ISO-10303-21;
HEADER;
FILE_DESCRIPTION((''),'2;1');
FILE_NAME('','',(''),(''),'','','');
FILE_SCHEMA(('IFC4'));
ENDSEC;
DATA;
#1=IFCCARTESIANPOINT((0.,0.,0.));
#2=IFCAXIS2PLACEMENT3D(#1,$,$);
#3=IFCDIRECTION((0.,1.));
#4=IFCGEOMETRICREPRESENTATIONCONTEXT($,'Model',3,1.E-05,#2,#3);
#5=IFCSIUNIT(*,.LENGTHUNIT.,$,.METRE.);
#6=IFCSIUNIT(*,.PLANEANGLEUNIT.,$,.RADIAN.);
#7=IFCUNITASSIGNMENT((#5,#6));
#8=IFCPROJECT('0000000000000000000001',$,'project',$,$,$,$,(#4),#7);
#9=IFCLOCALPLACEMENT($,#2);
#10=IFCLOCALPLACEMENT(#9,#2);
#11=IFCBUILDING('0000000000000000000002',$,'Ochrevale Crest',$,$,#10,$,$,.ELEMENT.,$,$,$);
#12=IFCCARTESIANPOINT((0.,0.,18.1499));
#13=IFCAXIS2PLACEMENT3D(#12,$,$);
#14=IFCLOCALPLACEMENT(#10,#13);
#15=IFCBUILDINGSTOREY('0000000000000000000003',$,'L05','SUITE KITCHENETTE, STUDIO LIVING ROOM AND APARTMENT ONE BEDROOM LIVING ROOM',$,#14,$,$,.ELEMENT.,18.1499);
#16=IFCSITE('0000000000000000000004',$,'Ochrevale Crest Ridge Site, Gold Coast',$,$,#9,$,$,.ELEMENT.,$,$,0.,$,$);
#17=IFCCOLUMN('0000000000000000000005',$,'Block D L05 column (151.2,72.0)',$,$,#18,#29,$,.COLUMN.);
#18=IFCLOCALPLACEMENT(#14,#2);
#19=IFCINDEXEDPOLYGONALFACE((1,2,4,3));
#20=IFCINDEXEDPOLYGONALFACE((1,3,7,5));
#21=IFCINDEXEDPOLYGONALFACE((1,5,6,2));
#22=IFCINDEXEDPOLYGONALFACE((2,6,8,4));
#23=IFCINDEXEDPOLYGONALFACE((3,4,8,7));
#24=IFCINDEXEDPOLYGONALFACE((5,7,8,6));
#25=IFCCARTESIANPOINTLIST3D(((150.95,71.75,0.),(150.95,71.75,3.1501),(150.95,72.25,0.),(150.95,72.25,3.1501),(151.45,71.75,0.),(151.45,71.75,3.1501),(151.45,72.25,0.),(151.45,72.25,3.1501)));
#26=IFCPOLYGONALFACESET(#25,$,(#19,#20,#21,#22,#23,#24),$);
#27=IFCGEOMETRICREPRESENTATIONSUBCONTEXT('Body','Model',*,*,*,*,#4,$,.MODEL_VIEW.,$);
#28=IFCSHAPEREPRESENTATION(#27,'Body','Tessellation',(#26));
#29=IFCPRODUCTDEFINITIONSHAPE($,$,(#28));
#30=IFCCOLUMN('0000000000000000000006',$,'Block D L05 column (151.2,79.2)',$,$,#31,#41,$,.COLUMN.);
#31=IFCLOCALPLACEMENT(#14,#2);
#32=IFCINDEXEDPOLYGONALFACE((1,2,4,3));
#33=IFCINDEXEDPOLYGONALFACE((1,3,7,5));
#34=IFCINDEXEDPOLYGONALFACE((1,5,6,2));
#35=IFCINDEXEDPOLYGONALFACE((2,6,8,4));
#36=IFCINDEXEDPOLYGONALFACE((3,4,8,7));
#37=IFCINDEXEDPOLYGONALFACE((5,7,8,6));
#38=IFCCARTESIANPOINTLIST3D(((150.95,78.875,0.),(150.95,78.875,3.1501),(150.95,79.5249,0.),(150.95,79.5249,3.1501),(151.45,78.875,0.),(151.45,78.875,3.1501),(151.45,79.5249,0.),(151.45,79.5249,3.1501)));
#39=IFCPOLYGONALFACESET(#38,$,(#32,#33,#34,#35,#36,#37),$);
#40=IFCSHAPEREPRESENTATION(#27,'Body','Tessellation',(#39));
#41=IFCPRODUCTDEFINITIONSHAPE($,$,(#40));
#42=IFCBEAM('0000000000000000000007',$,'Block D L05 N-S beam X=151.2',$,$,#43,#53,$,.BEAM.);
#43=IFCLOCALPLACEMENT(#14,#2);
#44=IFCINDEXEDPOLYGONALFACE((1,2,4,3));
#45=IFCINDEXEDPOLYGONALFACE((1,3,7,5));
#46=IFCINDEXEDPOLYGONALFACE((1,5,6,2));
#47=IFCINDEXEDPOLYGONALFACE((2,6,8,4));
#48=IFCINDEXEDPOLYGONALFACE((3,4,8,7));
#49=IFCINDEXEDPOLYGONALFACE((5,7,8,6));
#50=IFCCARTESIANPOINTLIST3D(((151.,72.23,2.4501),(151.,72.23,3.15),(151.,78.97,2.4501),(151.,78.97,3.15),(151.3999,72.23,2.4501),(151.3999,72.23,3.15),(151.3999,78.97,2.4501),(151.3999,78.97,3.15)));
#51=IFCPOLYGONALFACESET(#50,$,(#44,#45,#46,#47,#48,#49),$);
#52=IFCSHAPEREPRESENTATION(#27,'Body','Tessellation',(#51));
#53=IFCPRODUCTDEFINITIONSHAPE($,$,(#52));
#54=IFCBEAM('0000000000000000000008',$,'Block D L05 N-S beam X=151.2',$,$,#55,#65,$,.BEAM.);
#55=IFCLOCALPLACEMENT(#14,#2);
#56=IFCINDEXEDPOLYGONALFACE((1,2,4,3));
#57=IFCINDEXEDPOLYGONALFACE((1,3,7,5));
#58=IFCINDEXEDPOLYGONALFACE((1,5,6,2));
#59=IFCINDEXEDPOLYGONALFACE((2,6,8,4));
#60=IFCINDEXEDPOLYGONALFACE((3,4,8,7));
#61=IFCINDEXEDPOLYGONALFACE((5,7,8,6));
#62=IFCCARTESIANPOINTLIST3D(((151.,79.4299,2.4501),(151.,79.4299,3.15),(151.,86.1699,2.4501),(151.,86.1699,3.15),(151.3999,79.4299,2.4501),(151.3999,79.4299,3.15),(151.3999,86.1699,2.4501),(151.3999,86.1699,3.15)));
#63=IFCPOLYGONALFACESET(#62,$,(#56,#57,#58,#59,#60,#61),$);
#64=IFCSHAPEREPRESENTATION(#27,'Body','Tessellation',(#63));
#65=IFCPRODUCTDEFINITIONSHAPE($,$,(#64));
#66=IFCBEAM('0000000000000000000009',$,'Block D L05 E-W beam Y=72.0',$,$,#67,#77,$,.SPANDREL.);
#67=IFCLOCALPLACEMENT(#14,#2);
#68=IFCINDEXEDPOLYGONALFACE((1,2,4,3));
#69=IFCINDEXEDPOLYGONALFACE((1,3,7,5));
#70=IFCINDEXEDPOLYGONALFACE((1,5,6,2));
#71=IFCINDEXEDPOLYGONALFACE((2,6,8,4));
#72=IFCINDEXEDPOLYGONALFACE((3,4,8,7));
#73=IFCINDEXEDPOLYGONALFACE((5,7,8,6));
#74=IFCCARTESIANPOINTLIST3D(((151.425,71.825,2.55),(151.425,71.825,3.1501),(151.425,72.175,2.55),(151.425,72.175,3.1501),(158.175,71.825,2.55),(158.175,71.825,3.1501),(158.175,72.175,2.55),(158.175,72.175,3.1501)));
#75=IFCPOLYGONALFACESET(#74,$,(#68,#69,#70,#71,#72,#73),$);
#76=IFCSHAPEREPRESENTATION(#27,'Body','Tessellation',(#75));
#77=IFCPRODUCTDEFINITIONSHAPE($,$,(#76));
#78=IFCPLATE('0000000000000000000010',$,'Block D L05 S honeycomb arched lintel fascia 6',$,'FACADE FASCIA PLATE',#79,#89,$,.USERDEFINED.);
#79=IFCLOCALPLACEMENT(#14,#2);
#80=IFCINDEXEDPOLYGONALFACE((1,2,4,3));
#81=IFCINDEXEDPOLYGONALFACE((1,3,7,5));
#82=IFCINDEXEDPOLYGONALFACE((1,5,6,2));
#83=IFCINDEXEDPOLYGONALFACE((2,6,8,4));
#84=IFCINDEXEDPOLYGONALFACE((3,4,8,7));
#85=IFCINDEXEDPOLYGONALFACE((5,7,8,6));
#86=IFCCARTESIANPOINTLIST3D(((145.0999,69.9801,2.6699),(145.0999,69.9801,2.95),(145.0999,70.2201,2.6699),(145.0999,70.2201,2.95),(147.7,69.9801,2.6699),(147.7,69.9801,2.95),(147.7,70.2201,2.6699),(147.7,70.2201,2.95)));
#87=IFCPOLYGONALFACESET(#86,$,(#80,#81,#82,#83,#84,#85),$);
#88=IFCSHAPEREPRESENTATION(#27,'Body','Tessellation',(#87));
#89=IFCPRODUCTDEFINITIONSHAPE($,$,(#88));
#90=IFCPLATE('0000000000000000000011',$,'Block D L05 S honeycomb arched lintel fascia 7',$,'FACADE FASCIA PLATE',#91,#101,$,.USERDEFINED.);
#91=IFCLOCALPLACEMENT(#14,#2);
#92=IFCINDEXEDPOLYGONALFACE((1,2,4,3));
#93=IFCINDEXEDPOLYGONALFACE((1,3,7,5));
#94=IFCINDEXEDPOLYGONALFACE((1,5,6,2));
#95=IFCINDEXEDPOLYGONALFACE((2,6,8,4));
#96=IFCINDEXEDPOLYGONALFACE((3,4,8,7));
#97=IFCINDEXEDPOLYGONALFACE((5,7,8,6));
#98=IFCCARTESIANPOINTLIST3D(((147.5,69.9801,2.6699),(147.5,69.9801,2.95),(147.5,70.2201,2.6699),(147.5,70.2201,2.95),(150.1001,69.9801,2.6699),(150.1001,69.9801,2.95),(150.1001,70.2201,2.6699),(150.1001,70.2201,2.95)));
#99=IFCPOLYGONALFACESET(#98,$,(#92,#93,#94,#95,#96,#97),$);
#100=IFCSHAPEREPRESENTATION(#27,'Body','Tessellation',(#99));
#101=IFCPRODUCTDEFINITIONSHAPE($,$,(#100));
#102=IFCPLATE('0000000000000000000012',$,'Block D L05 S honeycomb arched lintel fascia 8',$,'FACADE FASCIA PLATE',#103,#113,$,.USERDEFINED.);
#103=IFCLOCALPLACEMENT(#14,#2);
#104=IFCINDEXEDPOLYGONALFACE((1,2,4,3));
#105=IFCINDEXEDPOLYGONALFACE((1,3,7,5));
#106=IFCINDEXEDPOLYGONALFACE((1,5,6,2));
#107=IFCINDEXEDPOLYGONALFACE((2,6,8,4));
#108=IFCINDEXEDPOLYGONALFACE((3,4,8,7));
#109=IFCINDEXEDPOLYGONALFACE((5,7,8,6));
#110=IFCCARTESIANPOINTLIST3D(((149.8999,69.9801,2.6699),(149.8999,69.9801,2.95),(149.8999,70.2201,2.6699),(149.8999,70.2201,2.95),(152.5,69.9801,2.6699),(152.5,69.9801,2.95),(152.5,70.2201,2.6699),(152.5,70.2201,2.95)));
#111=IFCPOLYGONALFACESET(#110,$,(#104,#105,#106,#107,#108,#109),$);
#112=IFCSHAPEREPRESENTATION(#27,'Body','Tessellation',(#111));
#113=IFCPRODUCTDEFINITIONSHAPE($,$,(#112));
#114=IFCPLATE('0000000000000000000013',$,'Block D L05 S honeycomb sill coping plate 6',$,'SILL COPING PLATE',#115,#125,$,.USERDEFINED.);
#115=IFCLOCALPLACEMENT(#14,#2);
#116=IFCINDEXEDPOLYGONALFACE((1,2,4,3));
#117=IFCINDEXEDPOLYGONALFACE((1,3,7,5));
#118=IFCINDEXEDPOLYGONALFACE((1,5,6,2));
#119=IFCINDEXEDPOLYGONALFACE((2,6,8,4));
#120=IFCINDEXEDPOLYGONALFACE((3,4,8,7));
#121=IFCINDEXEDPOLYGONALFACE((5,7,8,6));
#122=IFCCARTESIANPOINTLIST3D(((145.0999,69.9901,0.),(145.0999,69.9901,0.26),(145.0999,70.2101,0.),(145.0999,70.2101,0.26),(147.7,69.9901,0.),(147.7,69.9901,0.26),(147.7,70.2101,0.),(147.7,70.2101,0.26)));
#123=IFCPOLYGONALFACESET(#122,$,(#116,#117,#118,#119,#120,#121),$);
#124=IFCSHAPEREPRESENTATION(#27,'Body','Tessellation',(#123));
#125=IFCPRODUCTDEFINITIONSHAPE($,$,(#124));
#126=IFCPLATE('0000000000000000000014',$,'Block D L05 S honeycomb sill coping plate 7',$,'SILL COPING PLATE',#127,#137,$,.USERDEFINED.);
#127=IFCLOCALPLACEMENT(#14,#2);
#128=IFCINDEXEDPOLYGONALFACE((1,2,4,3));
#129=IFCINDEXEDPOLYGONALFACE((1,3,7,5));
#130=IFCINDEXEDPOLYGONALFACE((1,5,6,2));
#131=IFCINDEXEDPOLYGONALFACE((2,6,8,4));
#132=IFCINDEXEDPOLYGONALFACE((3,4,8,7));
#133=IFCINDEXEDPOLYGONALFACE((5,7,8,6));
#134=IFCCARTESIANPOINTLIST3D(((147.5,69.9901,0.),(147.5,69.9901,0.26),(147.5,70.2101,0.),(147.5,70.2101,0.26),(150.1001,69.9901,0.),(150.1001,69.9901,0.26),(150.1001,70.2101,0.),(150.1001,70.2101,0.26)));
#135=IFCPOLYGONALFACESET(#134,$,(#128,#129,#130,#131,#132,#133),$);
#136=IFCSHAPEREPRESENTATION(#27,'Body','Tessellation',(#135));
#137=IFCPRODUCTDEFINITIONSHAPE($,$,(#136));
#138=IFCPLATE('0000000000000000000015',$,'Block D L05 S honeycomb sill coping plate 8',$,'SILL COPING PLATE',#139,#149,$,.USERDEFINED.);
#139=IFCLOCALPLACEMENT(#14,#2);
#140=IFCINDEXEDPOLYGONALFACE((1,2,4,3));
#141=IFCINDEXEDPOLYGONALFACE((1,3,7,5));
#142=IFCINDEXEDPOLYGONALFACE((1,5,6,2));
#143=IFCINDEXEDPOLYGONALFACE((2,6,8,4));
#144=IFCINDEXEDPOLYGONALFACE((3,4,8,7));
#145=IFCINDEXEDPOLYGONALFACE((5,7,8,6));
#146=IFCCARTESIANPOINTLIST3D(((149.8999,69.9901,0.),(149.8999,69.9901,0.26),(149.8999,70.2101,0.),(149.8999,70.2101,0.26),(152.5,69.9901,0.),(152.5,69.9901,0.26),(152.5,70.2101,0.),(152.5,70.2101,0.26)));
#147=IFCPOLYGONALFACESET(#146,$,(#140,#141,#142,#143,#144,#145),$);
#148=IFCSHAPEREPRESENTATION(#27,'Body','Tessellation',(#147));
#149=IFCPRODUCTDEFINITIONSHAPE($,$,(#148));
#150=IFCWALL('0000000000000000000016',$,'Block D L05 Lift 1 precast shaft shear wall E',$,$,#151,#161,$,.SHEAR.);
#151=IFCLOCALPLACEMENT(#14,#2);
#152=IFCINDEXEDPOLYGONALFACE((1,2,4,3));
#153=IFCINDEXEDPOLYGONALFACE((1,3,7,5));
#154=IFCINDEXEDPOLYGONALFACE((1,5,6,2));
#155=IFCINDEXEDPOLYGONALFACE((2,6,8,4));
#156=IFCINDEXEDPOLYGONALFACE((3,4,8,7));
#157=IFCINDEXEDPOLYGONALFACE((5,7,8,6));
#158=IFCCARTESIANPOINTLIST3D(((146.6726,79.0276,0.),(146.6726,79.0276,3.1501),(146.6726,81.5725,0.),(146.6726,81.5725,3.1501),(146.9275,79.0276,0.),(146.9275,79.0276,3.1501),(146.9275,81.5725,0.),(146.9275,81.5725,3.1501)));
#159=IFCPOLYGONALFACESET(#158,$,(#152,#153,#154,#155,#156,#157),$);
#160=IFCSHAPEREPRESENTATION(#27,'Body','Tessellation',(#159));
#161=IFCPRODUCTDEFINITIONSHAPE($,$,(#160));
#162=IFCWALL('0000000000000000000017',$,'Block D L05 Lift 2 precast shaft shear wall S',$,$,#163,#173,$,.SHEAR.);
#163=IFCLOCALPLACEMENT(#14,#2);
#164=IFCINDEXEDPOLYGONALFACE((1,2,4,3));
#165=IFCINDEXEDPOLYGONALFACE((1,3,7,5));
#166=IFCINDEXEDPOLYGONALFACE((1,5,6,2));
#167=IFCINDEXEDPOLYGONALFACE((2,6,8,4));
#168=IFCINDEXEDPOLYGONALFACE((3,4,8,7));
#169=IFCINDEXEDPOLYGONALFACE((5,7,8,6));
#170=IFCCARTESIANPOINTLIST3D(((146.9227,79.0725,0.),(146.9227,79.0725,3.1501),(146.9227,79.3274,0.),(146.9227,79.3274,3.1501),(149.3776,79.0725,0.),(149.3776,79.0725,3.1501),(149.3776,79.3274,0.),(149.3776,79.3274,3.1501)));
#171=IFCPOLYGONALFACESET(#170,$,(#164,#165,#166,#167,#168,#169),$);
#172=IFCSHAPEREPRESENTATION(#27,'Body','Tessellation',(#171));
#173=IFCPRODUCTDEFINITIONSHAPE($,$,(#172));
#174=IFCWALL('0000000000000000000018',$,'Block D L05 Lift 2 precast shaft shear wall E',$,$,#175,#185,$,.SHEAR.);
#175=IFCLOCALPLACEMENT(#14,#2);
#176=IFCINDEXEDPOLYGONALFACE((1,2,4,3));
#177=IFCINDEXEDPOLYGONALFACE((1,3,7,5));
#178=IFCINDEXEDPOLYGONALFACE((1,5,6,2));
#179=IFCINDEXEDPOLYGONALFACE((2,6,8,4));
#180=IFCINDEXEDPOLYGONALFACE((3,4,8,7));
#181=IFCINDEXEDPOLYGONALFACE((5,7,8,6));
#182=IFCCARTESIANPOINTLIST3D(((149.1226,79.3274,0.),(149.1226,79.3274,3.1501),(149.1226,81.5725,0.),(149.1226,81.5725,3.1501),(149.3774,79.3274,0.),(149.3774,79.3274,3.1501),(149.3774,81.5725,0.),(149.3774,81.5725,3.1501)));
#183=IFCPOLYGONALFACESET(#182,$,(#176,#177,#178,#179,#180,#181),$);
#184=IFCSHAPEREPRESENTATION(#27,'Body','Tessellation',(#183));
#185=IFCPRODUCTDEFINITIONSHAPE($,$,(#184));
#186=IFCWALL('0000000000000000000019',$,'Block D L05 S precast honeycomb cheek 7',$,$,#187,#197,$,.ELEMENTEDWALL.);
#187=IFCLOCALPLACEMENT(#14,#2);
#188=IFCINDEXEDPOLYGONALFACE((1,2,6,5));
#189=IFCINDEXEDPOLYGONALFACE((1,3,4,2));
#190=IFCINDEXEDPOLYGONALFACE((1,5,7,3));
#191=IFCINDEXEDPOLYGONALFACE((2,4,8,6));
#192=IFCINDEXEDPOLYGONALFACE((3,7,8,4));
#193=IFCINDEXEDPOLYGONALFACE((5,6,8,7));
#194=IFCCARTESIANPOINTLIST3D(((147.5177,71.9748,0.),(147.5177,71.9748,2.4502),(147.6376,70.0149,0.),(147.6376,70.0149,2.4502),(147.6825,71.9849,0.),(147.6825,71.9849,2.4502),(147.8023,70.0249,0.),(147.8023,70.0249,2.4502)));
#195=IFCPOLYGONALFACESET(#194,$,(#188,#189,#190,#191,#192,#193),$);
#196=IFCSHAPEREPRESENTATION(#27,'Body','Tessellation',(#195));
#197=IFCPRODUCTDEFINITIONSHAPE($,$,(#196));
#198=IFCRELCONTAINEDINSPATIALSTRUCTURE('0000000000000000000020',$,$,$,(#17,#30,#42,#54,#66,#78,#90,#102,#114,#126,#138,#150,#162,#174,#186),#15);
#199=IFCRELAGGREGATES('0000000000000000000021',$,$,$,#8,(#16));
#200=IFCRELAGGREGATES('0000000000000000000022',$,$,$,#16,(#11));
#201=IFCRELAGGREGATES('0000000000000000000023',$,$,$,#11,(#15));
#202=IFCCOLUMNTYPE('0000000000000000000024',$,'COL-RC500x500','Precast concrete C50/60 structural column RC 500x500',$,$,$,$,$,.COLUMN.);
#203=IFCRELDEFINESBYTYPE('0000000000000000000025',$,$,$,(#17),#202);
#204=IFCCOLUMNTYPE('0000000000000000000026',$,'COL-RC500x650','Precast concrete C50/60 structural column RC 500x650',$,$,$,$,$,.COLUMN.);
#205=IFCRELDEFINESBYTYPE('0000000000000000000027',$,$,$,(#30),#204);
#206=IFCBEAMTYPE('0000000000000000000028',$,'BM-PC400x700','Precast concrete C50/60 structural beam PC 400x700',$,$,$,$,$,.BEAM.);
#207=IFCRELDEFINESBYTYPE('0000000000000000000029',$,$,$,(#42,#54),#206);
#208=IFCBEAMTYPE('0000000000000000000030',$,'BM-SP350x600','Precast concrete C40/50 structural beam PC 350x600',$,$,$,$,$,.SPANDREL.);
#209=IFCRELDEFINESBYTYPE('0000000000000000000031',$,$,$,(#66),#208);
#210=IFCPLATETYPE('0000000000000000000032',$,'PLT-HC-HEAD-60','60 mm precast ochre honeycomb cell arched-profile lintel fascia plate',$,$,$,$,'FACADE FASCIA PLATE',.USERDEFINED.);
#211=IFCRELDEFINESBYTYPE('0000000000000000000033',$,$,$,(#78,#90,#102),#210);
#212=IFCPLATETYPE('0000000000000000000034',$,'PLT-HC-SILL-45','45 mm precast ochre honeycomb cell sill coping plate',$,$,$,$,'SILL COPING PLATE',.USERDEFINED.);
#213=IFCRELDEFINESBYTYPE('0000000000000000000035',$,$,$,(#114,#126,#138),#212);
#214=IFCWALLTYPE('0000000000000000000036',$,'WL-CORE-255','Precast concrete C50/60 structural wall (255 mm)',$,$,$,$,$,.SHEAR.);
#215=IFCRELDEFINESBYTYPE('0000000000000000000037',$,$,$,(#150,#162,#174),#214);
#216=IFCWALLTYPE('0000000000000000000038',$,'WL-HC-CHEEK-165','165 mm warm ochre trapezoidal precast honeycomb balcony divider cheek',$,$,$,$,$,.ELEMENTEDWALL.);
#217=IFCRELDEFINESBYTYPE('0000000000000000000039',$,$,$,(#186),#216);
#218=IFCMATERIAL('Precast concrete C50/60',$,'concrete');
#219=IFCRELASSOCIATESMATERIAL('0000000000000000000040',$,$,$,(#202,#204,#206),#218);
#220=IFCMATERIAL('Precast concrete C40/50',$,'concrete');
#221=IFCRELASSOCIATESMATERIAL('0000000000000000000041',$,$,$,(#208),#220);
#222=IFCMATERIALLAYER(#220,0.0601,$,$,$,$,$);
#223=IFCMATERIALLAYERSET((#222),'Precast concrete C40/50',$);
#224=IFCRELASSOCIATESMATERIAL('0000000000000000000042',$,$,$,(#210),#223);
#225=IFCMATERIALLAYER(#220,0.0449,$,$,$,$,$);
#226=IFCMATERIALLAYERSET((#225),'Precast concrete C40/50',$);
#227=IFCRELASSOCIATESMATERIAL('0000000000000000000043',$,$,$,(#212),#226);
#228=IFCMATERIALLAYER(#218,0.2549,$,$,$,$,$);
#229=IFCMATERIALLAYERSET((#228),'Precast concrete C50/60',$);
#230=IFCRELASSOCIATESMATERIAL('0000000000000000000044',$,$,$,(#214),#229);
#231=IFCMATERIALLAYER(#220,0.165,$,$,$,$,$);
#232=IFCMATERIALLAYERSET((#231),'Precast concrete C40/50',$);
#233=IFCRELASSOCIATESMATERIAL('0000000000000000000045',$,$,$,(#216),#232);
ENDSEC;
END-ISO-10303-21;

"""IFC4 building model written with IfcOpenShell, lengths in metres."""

from ifc_helpers import new_model, si_unit, direction, frame, frame_2d, origin, origin_2d, place, context, subcontext, project, spatial, rectangle, extrude, material, layer, layer_set, material_profile, profile_set, type_object, element, save


model = new_model("IFC4")

# Units and contexts
model_context = context("Model", 3, precision=1e-05, world=origin(), true_north=direction((0.0, 1.0)))
body_context = subcontext(model_context, "Body", "Model", "MODEL_VIEW")
ifc_project = project(units=[si_unit("LENGTHUNIT", "METRE"), si_unit("PLANEANGLEUNIT", "RADIAN")], contexts=[model_context])

# Site, building, storey
site_placement = place(None, origin())
site = spatial("IfcSite", under=ifc_project, at=site_placement, Name="Ochrevale Crest Ridge Site, Gold Coast", CompositionType="ELEMENT", RefElevation=0.0)
building_placement = place(site_placement, origin())
building = spatial("IfcBuilding", under=site, at=building_placement, Name="Ochrevale Crest", CompositionType="ELEMENT")
storey_placement = place(building_placement, frame((0.0, 0.0, 18.1499)))
storey = spatial("IfcBuildingStorey", under=building, at=storey_placement, Name="L05", Description="SUITE KITCHENETTE, STUDIO LIVING ROOM AND APARTMENT ONE BEDROOM LIVING ROOM", CompositionType="ELEMENT", Elevation=18.1499)

# Columns
ifc_material_1 = material(Name="Precast concrete C50/60", Category="concrete")
ifc_material_profile_1 = material_profile(ifc_material_1, rectangle(XDim=0.5, YDim=0.5, at=origin_2d()), Name="RC 500x500")
ifc_profile_set_1 = profile_set([ifc_material_profile_1], Name="Precast concrete C50/60")
column_type_1 = type_object("IfcColumnType", Name="COL-RC500x500", Description="Precast concrete C50/60 structural column RC 500x500", PredefinedType="COLUMN", material=ifc_profile_set_1)
column_1_placement = place(storey_placement, frame((151.2, 72.0, 0.0), z_axis=(0.0, 0.0, 1.0), x_axis=(1.0, 0.0, 0.0)))
element("IfcColumn", 1, at=column_1_placement, inside=storey, type_object=column_type_1, Name="Block D L05 column (151.2,72.0)", PredefinedType="COLUMN", context=body_context, shape_type="SweptSolid", body=[
    extrude(rectangle(XDim=0.5, YDim=0.5, at=origin_2d()), origin(), (0.0, 0.0, 1.0), 3.1501),
])
ifc_material_profile_2 = material_profile(ifc_material_1, rectangle(XDim=0.5, YDim=0.6499, at=origin_2d()), Name="RC 500x650")
ifc_profile_set_2 = profile_set([ifc_material_profile_2], Name="Precast concrete C50/60")
column_type_2 = type_object("IfcColumnType", Name="COL-RC500x650", Description="Precast concrete C50/60 structural column RC 500x650", PredefinedType="COLUMN", material=ifc_profile_set_2)
column_2_placement = place(storey_placement, frame((151.2, 79.2, 0.0), z_axis=(0.0, 0.0, 1.0), x_axis=(1.0, 0.0, 0.0)))
element("IfcColumn", 2, at=column_2_placement, inside=storey, type_object=column_type_2, Name="Block D L05 column (151.2,79.2)", PredefinedType="COLUMN", context=body_context, shape_type="SweptSolid", body=[
    extrude(rectangle(XDim=0.5, YDim=0.6499, at=origin_2d()), origin(), (0.0, 0.0, 1.0), 3.1501),
])

# Beams
ifc_material_profile_3 = material_profile(ifc_material_1, rectangle(XDim=0.3999, YDim=0.7, at=origin_2d()), Name="PC 400x700")
ifc_profile_set_3 = profile_set([ifc_material_profile_3], Name="Precast concrete C50/60")
beam_type_1 = type_object("IfcBeamType", Name="BM-PC400x700", Description="Precast concrete C50/60 structural beam PC 400x700", PredefinedType="BEAM", material=ifc_profile_set_3)
for number, where, z_axis, x_axis, name in (
    (3, (151.2, 72.23, 2.8), (0.0, 1.0, 0.0), (-1.0, 0.0, 0.0), "Block D L05 N-S beam X=151.2"),
    (4, (151.2, 79.4299, 2.8), (0.0, 1.0, 0.0), (-1.0, 0.0, 0.0), "Block D L05 N-S beam X=151.2"),
):
    element("IfcBeam", number, at=place(storey_placement, frame(where, z_axis=z_axis, x_axis=x_axis)), inside=storey, type_object=beam_type_1, Name=name, PredefinedType="BEAM", context=body_context, shape_type="SweptSolid", body=[
        extrude(rectangle(XDim=0.3999, YDim=0.7, at=origin_2d()), origin(), (0.0, 0.0, 1.0), 6.74),
    ])
ifc_material_2 = material(Name="Precast concrete C40/50", Category="concrete")
ifc_material_profile_4 = material_profile(ifc_material_2, rectangle(XDim=0.3501, YDim=0.6001, at=origin_2d()), Name="PC 350x600")
ifc_profile_set_4 = profile_set([ifc_material_profile_4], Name="Precast concrete C40/50")
beam_type_2 = type_object("IfcBeamType", Name="BM-SP350x600", Description="Precast concrete C40/50 structural beam PC 350x600", PredefinedType="SPANDREL", material=ifc_profile_set_4)
beam_placement = place(storey_placement, frame((151.425, 72.0, 2.8501), z_axis=(1.0, 0.0, 0.0), x_axis=(0.0, 1.0, 0.0)))
element("IfcBeam", 5, at=beam_placement, inside=storey, type_object=beam_type_2, Name="Block D L05 E-W beam Y=72.0", PredefinedType="SPANDREL", context=body_context, shape_type="SweptSolid", body=[
    extrude(rectangle(XDim=0.3501, YDim=0.6001, at=origin_2d()), origin(), (0.0, 0.0, 1.0), 6.75),
])

# Plates
ifc_layer_1 = layer(ifc_material_2, 0.0601)
ifc_layer_set_1 = layer_set([ifc_layer_1], Name="Precast concrete C40/50")
plate_type_1 = type_object("IfcPlateType", Name="PLT-HC-HEAD-60", Description="60 mm precast ochre honeycomb cell arched-profile lintel fascia plate", ElementType="FACADE FASCIA PLATE", PredefinedType="USERDEFINED", material=ifc_layer_set_1)
for number, where, z_axis, x_axis, name in (
    (6, (146.3999, 70.1001, 2.6699), (0.0, 0.0, 1.0), (1.0, 0.0, 0.0), "Block D L05 S honeycomb arched lintel fascia 6"),
    (7, (148.8, 70.1001, 2.6699), (0.0, 0.0, 1.0), (1.0, 0.0, 0.0), "Block D L05 S honeycomb arched lintel fascia 7"),
    (8, (151.2, 70.1001, 2.6699), (0.0, 0.0, 1.0), (1.0, 0.0, 0.0), "Block D L05 S honeycomb arched lintel fascia 8"),
):
    element("IfcPlate", number, at=place(storey_placement, frame(where, z_axis=z_axis, x_axis=x_axis)), inside=storey, type_object=plate_type_1, Name=name, ObjectType="FACADE FASCIA PLATE", PredefinedType="USERDEFINED", context=body_context, shape_type="SweptSolid", body=[
        extrude(rectangle(XDim=2.6001, YDim=0.24, at=origin_2d()), origin(), (0.0, 0.0, 1.0), 0.28),
    ])
ifc_layer_2 = layer(ifc_material_2, 0.0449)
ifc_layer_set_2 = layer_set([ifc_layer_2], Name="Precast concrete C40/50")
plate_type_2 = type_object("IfcPlateType", Name="PLT-HC-SILL-45", Description="45 mm precast ochre honeycomb cell sill coping plate", ElementType="SILL COPING PLATE", PredefinedType="USERDEFINED", material=ifc_layer_set_2)
for number, where, z_axis, x_axis, name in (
    (9, (146.3999, 70.1001, 0.0), (0.0, 0.0, 1.0), (1.0, 0.0, 0.0), "Block D L05 S honeycomb sill coping plate 6"),
    (10, (148.8, 70.1001, 0.0), (0.0, 0.0, 1.0), (1.0, 0.0, 0.0), "Block D L05 S honeycomb sill coping plate 7"),
    (11, (151.2, 70.1001, 0.0), (0.0, 0.0, 1.0), (1.0, 0.0, 0.0), "Block D L05 S honeycomb sill coping plate 8"),
):
    element("IfcPlate", number, at=place(storey_placement, frame(where, z_axis=z_axis, x_axis=x_axis)), inside=storey, type_object=plate_type_2, Name=name, ObjectType="SILL COPING PLATE", PredefinedType="USERDEFINED", context=body_context, shape_type="SweptSolid", body=[
        extrude(rectangle(XDim=2.6001, YDim=0.22, at=origin_2d()), origin(), (0.0, 0.0, 1.0), 0.26),
    ])

# Walls
ifc_layer_3 = layer(ifc_material_1, 0.2549)
ifc_layer_set_3 = layer_set([ifc_layer_3], Name="Precast concrete C50/60")
wall_type_1 = type_object("IfcWallType", Name="WL-CORE-255", Description="Precast concrete C50/60 structural wall (255 mm)", PredefinedType="SHEAR", material=ifc_layer_set_3)
wall_1_placement = place(storey_placement, frame((146.8, 79.0276, 0.0), z_axis=(0.0, 0.0, 1.0), x_axis=(0.0, 1.0, 0.0)))
element("IfcWall", 12, at=wall_1_placement, inside=storey, type_object=wall_type_1, Name="Block D L05 Lift 1 precast shaft shear wall E", PredefinedType="SHEAR", context=body_context, shape_type="SweptSolid", body=[
    extrude(rectangle(XDim=2.5449, YDim=0.2549, at=frame_2d((1.2725, 0.0))), origin(), (0.0, 0.0, 1.0), 3.1501),
])
wall_2_placement = place(storey_placement, frame((146.9226, 79.2, 0.0), z_axis=(0.0, 0.0, 1.0), x_axis=(1.0, 0.0, 0.0)))
element("IfcWall", 13, at=wall_2_placement, inside=storey, type_object=wall_type_1, Name="Block D L05 Lift 2 precast shaft shear wall S", PredefinedType="SHEAR", context=body_context, shape_type="SweptSolid", body=[
    extrude(rectangle(XDim=2.4548, YDim=0.2549, at=frame_2d((1.2275, 0.0))), origin(), (0.0, 0.0, 1.0), 3.1501),
])
wall_3_placement = place(storey_placement, frame((149.25, 79.3274, 0.0), z_axis=(0.0, 0.0, 1.0), x_axis=(0.0, 1.0, 0.0)))
element("IfcWall", 14, at=wall_3_placement, inside=storey, type_object=wall_type_1, Name="Block D L05 Lift 2 precast shaft shear wall E", PredefinedType="SHEAR", context=body_context, shape_type="SweptSolid", body=[
    extrude(rectangle(XDim=2.2451, YDim=0.2549, at=frame_2d((1.1226, 0.0))), origin(), (0.0, 0.0, 1.0), 3.1501),
])
ifc_layer_4 = layer(ifc_material_2, 0.165)
ifc_layer_set_4 = layer_set([ifc_layer_4], Name="Precast concrete C40/50")
wall_type_2 = type_object("IfcWallType", Name="WL-HC-CHEEK-165", Description="165 mm warm ochre trapezoidal precast honeycomb balcony divider cheek", PredefinedType="ELEMENTEDWALL", material=ifc_layer_set_4)
for number, where, z_axis, x_axis, name in (
    (15, (147.6001, 71.98, 0.0), (0.0, 0.0, 1.0), (0.061047, -0.998135, 0.0), "Block D L05 S precast honeycomb cheek 7"),
):
    element("IfcWall", number, at=place(storey_placement, frame(where, z_axis=z_axis, x_axis=x_axis)), inside=storey, type_object=wall_type_2, Name=name, PredefinedType="ELEMENTEDWALL", context=body_context, shape_type="SweptSolid", body=[
        extrude(rectangle(XDim=1.9636, YDim=0.165, at=frame_2d((0.9819, 0.0))), origin(), (0.0, 0.0, 1.0), 2.4502),
    ])

save(model, "model.ifc")
